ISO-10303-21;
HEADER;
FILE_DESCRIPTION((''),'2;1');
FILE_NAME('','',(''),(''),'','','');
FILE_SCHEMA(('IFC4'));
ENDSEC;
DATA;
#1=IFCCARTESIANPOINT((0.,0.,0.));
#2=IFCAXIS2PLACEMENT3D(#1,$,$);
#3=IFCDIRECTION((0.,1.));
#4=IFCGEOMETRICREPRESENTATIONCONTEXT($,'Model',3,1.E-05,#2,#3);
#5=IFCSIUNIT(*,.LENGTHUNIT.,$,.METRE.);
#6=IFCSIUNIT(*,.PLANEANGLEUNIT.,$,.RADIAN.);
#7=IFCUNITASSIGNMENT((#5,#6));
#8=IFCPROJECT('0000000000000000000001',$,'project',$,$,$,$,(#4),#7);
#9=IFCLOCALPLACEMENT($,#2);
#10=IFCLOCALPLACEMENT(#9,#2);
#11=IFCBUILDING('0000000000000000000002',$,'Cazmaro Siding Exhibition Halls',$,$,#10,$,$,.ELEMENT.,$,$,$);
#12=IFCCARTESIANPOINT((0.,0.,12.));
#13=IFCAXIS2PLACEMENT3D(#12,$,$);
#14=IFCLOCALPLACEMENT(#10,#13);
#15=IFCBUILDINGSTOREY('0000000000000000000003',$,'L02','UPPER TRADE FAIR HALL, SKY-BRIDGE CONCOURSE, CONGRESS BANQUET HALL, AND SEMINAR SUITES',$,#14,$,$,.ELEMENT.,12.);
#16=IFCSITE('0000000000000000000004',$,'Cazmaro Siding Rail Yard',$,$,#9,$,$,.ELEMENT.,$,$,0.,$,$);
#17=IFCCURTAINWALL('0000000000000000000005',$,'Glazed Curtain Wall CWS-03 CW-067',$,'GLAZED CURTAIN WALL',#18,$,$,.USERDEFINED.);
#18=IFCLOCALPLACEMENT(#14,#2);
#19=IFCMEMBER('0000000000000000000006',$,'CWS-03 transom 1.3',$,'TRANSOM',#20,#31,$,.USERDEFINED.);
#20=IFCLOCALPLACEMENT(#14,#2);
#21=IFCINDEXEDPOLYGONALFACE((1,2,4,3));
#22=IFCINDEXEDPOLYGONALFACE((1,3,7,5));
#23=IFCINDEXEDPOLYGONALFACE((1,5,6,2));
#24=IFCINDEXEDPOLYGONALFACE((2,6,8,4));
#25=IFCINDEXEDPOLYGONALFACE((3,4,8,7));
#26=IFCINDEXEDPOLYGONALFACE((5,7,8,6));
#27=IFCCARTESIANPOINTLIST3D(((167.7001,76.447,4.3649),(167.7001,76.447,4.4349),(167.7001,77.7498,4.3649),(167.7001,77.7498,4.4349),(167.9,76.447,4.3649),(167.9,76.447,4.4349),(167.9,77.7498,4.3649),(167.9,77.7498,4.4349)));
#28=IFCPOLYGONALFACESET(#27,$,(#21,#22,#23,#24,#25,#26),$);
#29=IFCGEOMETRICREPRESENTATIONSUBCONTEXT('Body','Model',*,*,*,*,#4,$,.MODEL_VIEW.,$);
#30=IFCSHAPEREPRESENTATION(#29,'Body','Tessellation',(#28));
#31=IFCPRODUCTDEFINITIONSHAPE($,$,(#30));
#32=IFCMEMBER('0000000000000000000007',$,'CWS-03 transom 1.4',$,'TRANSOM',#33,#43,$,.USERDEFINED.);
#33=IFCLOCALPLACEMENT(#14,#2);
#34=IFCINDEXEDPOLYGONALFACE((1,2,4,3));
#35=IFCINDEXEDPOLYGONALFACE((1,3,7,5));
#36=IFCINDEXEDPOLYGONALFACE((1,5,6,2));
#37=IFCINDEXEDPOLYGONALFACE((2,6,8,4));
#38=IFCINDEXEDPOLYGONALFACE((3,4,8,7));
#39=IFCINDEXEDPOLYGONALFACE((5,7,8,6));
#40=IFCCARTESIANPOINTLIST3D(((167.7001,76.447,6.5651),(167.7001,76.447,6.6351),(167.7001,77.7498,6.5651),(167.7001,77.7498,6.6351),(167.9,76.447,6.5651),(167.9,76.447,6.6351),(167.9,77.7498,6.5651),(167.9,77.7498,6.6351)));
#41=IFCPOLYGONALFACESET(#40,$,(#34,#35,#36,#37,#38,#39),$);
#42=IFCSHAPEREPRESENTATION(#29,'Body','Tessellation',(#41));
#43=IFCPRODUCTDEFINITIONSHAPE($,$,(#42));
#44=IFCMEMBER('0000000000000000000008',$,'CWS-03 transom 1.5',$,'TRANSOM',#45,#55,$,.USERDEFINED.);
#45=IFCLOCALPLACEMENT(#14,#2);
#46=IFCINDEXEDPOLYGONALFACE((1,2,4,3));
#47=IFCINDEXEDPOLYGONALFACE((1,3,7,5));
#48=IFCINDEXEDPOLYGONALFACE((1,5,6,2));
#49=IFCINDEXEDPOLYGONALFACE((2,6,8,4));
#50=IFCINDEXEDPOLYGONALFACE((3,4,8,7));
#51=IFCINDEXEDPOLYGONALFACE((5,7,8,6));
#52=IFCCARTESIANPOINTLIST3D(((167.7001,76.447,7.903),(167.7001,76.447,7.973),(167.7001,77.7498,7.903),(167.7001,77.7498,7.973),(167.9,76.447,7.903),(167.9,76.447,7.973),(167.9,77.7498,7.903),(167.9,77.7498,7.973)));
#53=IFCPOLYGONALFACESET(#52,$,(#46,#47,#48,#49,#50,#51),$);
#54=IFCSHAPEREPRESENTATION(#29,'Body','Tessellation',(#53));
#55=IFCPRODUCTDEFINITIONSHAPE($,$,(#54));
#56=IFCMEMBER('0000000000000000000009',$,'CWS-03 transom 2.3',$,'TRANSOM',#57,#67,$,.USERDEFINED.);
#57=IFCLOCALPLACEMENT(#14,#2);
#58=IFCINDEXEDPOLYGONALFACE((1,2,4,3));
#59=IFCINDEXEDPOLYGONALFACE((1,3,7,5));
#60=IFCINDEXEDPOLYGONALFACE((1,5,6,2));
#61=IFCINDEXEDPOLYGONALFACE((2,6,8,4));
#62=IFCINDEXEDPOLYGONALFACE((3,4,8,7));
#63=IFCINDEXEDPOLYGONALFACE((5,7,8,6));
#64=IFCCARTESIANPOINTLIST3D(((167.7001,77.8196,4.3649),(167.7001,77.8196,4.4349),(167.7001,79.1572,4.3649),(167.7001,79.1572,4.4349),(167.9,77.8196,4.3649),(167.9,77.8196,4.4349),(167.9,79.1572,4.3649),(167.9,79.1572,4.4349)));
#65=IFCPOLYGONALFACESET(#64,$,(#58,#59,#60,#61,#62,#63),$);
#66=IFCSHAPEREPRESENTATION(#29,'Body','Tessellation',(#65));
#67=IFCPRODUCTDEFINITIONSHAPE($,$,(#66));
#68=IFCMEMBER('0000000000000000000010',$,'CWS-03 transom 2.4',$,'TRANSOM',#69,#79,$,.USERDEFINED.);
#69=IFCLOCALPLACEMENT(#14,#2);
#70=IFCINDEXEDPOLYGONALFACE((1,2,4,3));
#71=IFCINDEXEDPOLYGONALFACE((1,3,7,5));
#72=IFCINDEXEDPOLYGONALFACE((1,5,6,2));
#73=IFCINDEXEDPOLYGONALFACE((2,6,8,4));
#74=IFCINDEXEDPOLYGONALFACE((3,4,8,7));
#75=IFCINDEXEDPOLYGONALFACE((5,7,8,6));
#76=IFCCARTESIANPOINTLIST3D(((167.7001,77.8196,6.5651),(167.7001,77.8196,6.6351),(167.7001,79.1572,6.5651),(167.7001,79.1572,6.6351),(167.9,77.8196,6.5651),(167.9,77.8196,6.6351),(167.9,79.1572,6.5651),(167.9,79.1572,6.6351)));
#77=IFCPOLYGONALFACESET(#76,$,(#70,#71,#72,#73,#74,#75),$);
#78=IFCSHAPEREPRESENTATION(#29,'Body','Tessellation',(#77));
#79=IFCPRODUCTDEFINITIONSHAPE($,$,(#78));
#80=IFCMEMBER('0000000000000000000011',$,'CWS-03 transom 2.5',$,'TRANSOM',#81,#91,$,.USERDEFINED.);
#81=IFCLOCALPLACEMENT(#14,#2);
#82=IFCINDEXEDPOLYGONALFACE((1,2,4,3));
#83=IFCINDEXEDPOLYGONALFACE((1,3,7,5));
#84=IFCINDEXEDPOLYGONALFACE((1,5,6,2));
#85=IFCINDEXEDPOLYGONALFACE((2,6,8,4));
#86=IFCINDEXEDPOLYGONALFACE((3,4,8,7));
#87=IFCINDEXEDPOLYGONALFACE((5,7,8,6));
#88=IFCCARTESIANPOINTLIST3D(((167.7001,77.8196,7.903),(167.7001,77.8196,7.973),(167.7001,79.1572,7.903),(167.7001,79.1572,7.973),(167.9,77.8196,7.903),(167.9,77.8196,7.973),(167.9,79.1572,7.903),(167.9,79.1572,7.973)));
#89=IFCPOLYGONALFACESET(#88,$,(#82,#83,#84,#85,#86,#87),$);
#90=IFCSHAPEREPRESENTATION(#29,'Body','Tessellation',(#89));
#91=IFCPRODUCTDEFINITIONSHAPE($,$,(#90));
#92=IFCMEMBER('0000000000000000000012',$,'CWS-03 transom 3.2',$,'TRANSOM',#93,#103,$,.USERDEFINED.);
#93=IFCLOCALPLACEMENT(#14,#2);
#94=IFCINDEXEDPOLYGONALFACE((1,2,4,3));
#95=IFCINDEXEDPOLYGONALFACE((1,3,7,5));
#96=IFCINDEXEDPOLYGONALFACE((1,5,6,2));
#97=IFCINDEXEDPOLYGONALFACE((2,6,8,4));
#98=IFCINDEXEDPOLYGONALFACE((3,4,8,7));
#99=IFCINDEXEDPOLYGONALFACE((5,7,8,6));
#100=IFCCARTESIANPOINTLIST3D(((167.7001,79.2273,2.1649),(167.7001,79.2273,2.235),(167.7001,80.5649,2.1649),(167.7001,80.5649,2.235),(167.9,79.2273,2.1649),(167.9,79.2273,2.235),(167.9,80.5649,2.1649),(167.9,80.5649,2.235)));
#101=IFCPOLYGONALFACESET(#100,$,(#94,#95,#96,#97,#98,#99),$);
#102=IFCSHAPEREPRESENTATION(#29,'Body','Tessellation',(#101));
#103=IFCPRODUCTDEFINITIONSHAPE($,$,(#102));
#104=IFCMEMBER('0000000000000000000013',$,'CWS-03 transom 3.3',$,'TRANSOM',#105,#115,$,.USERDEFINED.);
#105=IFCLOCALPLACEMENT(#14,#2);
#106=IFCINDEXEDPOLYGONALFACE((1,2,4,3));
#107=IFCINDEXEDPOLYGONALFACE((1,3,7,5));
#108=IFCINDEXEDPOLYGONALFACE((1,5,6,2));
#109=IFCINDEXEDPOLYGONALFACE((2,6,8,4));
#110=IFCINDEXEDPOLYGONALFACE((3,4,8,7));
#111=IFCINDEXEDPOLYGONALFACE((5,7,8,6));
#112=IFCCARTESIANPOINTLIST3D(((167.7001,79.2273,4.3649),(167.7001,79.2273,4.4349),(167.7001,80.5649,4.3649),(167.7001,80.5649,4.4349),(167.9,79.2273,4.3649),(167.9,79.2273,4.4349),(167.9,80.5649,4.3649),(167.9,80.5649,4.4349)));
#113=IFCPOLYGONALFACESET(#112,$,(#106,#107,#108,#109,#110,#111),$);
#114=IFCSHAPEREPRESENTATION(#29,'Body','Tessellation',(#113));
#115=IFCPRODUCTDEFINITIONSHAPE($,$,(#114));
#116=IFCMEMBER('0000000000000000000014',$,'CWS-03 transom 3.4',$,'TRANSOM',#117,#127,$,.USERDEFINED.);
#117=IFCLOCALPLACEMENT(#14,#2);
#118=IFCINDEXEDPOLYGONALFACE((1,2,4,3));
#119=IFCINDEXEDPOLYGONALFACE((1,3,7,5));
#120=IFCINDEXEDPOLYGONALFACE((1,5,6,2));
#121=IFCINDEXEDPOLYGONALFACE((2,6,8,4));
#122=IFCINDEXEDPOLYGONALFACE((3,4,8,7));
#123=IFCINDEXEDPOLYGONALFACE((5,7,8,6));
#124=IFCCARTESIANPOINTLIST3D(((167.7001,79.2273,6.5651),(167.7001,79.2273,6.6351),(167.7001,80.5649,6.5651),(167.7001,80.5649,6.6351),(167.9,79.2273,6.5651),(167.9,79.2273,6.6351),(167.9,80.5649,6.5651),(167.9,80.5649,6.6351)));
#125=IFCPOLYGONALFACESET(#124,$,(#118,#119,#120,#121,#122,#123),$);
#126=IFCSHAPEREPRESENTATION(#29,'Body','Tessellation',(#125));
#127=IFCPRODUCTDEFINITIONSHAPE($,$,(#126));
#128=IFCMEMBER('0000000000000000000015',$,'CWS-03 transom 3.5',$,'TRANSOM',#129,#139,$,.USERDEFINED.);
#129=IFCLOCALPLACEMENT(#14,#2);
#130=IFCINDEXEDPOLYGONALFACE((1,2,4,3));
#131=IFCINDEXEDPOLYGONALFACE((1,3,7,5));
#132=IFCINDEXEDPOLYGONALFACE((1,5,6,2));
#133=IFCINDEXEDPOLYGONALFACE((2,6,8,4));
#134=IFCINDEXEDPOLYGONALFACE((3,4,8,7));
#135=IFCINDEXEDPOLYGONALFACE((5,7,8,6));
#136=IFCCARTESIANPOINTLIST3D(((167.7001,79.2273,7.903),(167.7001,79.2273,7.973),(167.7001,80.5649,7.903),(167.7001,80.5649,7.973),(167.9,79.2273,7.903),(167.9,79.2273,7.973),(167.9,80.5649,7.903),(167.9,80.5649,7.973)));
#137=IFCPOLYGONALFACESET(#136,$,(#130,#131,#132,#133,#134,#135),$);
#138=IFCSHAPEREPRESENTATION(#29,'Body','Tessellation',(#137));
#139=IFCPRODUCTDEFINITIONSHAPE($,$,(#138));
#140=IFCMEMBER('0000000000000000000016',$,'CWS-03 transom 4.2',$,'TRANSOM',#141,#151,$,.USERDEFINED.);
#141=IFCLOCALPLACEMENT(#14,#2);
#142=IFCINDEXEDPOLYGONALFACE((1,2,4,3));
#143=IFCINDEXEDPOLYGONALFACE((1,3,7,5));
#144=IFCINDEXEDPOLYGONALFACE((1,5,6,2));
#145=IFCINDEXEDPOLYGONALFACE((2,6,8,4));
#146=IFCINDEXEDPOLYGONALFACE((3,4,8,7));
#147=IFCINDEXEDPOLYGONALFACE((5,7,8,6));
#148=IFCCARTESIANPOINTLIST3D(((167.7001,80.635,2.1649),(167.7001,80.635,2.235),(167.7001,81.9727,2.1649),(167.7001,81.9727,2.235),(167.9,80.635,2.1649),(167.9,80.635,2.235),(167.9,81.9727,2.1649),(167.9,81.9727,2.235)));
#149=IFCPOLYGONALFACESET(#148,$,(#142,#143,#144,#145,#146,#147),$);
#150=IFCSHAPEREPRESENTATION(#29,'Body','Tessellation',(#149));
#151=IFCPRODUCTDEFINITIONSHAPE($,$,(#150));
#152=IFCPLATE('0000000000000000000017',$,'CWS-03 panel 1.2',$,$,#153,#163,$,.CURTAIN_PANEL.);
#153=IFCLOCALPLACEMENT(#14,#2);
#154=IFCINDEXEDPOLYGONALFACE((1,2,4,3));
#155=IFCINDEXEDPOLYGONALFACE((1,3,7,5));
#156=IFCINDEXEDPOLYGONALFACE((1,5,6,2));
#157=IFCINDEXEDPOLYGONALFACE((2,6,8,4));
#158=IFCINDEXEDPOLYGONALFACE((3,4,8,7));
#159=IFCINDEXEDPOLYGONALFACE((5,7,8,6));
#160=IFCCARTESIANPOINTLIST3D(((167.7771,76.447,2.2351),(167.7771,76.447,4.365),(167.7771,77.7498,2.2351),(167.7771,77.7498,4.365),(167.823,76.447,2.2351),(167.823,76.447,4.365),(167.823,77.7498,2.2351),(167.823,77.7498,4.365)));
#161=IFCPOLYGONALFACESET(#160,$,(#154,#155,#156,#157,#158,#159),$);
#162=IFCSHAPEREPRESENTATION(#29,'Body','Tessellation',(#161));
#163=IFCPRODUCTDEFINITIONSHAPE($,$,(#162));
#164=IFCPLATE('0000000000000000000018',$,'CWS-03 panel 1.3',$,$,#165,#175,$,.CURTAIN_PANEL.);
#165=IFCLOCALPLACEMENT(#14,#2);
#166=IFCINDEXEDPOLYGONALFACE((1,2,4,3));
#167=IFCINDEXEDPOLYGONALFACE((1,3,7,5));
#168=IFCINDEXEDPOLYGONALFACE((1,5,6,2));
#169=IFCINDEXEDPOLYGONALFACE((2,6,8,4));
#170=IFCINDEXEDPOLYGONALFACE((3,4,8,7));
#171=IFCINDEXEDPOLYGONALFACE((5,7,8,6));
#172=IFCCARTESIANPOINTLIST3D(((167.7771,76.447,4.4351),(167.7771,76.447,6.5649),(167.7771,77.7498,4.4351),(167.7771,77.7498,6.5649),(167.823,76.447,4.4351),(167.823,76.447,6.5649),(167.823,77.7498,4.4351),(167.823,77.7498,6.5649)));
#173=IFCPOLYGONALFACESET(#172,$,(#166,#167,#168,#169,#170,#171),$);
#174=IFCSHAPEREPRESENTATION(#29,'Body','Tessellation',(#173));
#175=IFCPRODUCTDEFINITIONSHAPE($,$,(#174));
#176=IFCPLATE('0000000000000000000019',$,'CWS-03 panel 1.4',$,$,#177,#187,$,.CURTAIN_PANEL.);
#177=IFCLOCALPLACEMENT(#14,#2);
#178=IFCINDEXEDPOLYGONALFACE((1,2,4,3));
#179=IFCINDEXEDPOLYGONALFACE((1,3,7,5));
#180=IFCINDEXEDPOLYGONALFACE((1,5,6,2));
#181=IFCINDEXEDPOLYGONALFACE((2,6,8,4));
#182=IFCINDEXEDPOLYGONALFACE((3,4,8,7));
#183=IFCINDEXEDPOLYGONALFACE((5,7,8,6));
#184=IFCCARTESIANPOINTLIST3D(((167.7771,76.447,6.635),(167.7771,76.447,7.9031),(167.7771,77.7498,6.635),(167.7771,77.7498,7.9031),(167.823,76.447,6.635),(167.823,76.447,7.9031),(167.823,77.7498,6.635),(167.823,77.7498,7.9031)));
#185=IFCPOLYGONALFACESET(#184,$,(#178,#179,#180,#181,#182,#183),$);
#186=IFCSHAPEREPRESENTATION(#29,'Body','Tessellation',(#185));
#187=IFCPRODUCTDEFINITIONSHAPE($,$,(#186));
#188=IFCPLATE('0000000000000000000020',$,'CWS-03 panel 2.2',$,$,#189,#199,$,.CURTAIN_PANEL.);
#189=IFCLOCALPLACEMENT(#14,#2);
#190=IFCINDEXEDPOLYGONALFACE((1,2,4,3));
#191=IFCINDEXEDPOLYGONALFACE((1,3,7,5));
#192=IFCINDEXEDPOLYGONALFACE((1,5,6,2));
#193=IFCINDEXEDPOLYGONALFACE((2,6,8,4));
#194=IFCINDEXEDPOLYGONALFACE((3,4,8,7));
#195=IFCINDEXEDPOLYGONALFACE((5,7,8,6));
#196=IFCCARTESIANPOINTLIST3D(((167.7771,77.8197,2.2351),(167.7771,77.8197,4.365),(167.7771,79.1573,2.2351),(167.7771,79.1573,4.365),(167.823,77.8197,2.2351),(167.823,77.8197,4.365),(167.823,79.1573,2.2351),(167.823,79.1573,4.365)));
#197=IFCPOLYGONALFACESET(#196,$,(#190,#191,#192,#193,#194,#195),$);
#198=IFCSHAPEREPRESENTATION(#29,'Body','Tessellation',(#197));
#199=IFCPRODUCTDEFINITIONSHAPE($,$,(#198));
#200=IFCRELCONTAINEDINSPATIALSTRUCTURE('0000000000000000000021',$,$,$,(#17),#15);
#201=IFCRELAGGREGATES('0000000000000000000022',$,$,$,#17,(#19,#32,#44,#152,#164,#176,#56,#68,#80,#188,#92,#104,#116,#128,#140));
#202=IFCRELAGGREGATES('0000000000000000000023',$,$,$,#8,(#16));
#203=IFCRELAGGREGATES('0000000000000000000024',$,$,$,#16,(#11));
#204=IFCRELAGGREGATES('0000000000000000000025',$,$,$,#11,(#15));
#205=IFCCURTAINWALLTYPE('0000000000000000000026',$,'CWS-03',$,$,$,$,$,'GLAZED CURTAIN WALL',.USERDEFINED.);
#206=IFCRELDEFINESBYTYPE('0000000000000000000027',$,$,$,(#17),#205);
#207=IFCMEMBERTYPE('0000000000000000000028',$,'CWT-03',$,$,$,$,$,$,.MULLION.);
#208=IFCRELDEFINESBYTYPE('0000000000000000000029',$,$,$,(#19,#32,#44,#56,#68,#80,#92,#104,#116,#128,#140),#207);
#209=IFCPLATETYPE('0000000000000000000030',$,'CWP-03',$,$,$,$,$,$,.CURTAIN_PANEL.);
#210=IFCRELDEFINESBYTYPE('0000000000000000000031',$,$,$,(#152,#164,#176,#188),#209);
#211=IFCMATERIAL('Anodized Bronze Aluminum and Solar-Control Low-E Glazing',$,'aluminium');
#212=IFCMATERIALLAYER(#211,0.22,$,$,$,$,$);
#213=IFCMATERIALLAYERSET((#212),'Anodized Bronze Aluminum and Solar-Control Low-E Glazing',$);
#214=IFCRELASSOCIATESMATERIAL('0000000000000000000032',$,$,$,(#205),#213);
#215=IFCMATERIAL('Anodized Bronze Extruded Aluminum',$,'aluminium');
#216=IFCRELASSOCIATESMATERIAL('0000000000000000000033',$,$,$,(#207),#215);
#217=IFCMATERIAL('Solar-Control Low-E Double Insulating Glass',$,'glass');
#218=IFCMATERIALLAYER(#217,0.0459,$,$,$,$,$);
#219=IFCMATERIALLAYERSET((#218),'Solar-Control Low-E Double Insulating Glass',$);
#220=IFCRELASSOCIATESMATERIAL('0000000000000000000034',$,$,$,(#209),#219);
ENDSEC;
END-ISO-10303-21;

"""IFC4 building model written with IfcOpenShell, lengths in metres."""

from ifc_helpers import new_model, si_unit, direction, frame, origin, origin_2d, place, context, subcontext, project, spatial, rectangle, extrude, material, layer, layer_set, material_profile, profile_set, type_object, element, aggregate, save


model = new_model("IFC4")

# Units and contexts
model_context = context("Model", 3, precision=1e-05, world=origin(), true_north=direction((0.0, 1.0)))
body_context = subcontext(model_context, "Body", "Model", "MODEL_VIEW")
ifc_project = project(units=[si_unit("LENGTHUNIT", "METRE"), si_unit("PLANEANGLEUNIT", "RADIAN")], contexts=[model_context])

# Site, building, storey
site_placement = place(None, origin())
site = spatial("IfcSite", under=ifc_project, at=site_placement, Name="Cazmaro Siding Rail Yard", CompositionType="ELEMENT", RefElevation=0.0)
building_placement = place(site_placement, origin())
building = spatial("IfcBuilding", under=site, at=building_placement, Name="Cazmaro Siding Exhibition Halls", CompositionType="ELEMENT")
storey_placement = place(building_placement, frame((0.0, 0.0, 12.0)))
storey = spatial("IfcBuildingStorey", under=building, at=storey_placement, Name="L02", Description="UPPER TRADE FAIR HALL, SKY-BRIDGE CONCOURSE, CONGRESS BANQUET HALL, AND SEMINAR SUITES", CompositionType="ELEMENT", Elevation=12.0)

# Curtain wall, members, plates
ifc_material_1 = material(Name="Anodized Bronze Aluminum and Solar-Control Low-E Glazing", Category="aluminium")
ifc_layer_1 = layer(ifc_material_1, 0.22)
ifc_layer_set_1 = layer_set([ifc_layer_1], Name="Anodized Bronze Aluminum and Solar-Control Low-E Glazing")
curtain_wall_type = type_object("IfcCurtainWallType", Name="CWS-03", ElementType="GLAZED CURTAIN WALL", PredefinedType="USERDEFINED", material=ifc_layer_set_1)
curtain_wall_placement = place(storey_placement, origin())
curtain_wall = element("IfcCurtainWall", 1, at=curtain_wall_placement, inside=storey, type_object=curtain_wall_type, Name="Glazed Curtain Wall CWS-03 CW-067", ObjectType="GLAZED CURTAIN WALL", PredefinedType="USERDEFINED")
ifc_material_2 = material(Name="Anodized Bronze Extruded Aluminum", Category="aluminium")
ifc_material_profile = material_profile(ifc_material_2, rectangle(XDim=0.2, YDim=0.0701, at=origin_2d()), Name="CWT-03")
ifc_profile_set = profile_set([ifc_material_profile], Name="Anodized Bronze Extruded Aluminum")
member_type = type_object("IfcMemberType", Name="CWT-03", PredefinedType="MULLION", material=ifc_profile_set)
member_1_placement = place(storey_placement, frame((167.8, 76.447, 4.3999), z_axis=(0.0, 1.0, 0.0), x_axis=(-1.0, 0.0, 0.0)))
member_1 = element("IfcMember", 2, at=member_1_placement, type_object=member_type, Name="CWS-03 transom 1.3", ObjectType="TRANSOM", PredefinedType="USERDEFINED", context=body_context, shape_type="SweptSolid", body=[
    extrude(rectangle(XDim=0.2, YDim=0.0701, at=origin_2d()), origin(), (0.0, 0.0, 1.0), 1.3027),
])
member_2_placement = place(storey_placement, frame((167.8, 76.447, 6.6001), z_axis=(0.0, 1.0, 0.0), x_axis=(-1.0, 0.0, 0.0)))
member_2 = element("IfcMember", 3, at=member_2_placement, type_object=member_type, Name="CWS-03 transom 1.4", ObjectType="TRANSOM", PredefinedType="USERDEFINED", context=body_context, shape_type="SweptSolid", body=[
    extrude(rectangle(XDim=0.2, YDim=0.0701, at=origin_2d()), origin(), (0.0, 0.0, 1.0), 1.3027),
])
member_3_placement = place(storey_placement, frame((167.8, 76.447, 7.938), z_axis=(0.0, 1.0, 0.0), x_axis=(-1.0, 0.0, 0.0)))
member_3 = element("IfcMember", 4, at=member_3_placement, type_object=member_type, Name="CWS-03 transom 1.5", ObjectType="TRANSOM", PredefinedType="USERDEFINED", context=body_context, shape_type="SweptSolid", body=[
    extrude(rectangle(XDim=0.2, YDim=0.0701, at=origin_2d()), origin(), (0.0, 0.0, 1.0), 1.3027),
])
member_4_placement = place(storey_placement, frame((167.8, 77.8196, 4.3999), z_axis=(0.0, 1.0, 0.0), x_axis=(-1.0, 0.0, 0.0)))
member_4 = element("IfcMember", 5, at=member_4_placement, type_object=member_type, Name="CWS-03 transom 2.3", ObjectType="TRANSOM", PredefinedType="USERDEFINED", context=body_context, shape_type="SweptSolid", body=[
    extrude(rectangle(XDim=0.2, YDim=0.0701, at=origin_2d()), origin(), (0.0, 0.0, 1.0), 1.3376),
])
member_5_placement = place(storey_placement, frame((167.8, 77.8196, 6.6001), z_axis=(0.0, 1.0, 0.0), x_axis=(-1.0, 0.0, 0.0)))
member_5 = element("IfcMember", 6, at=member_5_placement, type_object=member_type, Name="CWS-03 transom 2.4", ObjectType="TRANSOM", PredefinedType="USERDEFINED", context=body_context, shape_type="SweptSolid", body=[
    extrude(rectangle(XDim=0.2, YDim=0.0701, at=origin_2d()), origin(), (0.0, 0.0, 1.0), 1.3376),
])
member_6_placement = place(storey_placement, frame((167.8, 77.8196, 7.938), z_axis=(0.0, 1.0, 0.0), x_axis=(-1.0, 0.0, 0.0)))
member_6 = element("IfcMember", 7, at=member_6_placement, type_object=member_type, Name="CWS-03 transom 2.5", ObjectType="TRANSOM", PredefinedType="USERDEFINED", context=body_context, shape_type="SweptSolid", body=[
    extrude(rectangle(XDim=0.2, YDim=0.0701, at=origin_2d()), origin(), (0.0, 0.0, 1.0), 1.3376),
])
member_7_placement = place(storey_placement, frame((167.8, 79.2273, 2.2), z_axis=(0.0, 1.0, 0.0), x_axis=(-1.0, 0.0, 0.0)))
member_7 = element("IfcMember", 8, at=member_7_placement, type_object=member_type, Name="CWS-03 transom 3.2", ObjectType="TRANSOM", PredefinedType="USERDEFINED", context=body_context, shape_type="SweptSolid", body=[
    extrude(rectangle(XDim=0.2, YDim=0.0701, at=origin_2d()), origin(), (0.0, 0.0, 1.0), 1.3376),
])
member_8_placement = place(storey_placement, frame((167.8, 79.2273, 4.3999), z_axis=(0.0, 1.0, 0.0), x_axis=(-1.0, 0.0, 0.0)))
member_8 = element("IfcMember", 9, at=member_8_placement, type_object=member_type, Name="CWS-03 transom 3.3", ObjectType="TRANSOM", PredefinedType="USERDEFINED", context=body_context, shape_type="SweptSolid", body=[
    extrude(rectangle(XDim=0.2, YDim=0.0701, at=origin_2d()), origin(), (0.0, 0.0, 1.0), 1.3376),
])
member_9_placement = place(storey_placement, frame((167.8, 79.2273, 6.6001), z_axis=(0.0, 1.0, 0.0), x_axis=(-1.0, 0.0, 0.0)))
member_9 = element("IfcMember", 10, at=member_9_placement, type_object=member_type, Name="CWS-03 transom 3.4", ObjectType="TRANSOM", PredefinedType="USERDEFINED", context=body_context, shape_type="SweptSolid", body=[
    extrude(rectangle(XDim=0.2, YDim=0.0701, at=origin_2d()), origin(), (0.0, 0.0, 1.0), 1.3376),
])
member_10_placement = place(storey_placement, frame((167.8, 79.2273, 7.938), z_axis=(0.0, 1.0, 0.0), x_axis=(-1.0, 0.0, 0.0)))
member_10 = element("IfcMember", 11, at=member_10_placement, type_object=member_type, Name="CWS-03 transom 3.5", ObjectType="TRANSOM", PredefinedType="USERDEFINED", context=body_context, shape_type="SweptSolid", body=[
    extrude(rectangle(XDim=0.2, YDim=0.0701, at=origin_2d()), origin(), (0.0, 0.0, 1.0), 1.3376),
])
member_11_placement = place(storey_placement, frame((167.8, 80.635, 2.2), z_axis=(0.0, 1.0, 0.0), x_axis=(-1.0, 0.0, 0.0)))
member_11 = element("IfcMember", 12, at=member_11_placement, type_object=member_type, Name="CWS-03 transom 4.2", ObjectType="TRANSOM", PredefinedType="USERDEFINED", context=body_context, shape_type="SweptSolid", body=[
    extrude(rectangle(XDim=0.2, YDim=0.0701, at=origin_2d()), origin(), (0.0, 0.0, 1.0), 1.3376),
])
ifc_material_3 = material(Name="Solar-Control Low-E Double Insulating Glass", Category="glass")
ifc_layer_2 = layer(ifc_material_3, 0.0459)
ifc_layer_set_2 = layer_set([ifc_layer_2], Name="Solar-Control Low-E Double Insulating Glass")
plate_type = type_object("IfcPlateType", Name="CWP-03", PredefinedType="CURTAIN_PANEL", material=ifc_layer_set_2)
plate_1_placement = place(storey_placement, frame((167.8, 77.0984, 2.2351), z_axis=(0.0, 0.0, 1.0), x_axis=(0.0, 1.0, 0.0)))
plate_1 = element("IfcPlate", 13, at=plate_1_placement, type_object=plate_type, Name="CWS-03 panel 1.2", PredefinedType="CURTAIN_PANEL", context=body_context, shape_type="SweptSolid", body=[
    extrude(rectangle(XDim=1.3027, YDim=0.0459, at=origin_2d()), origin(), (0.0, 0.0, 1.0), 2.1299),
])
plate_2_placement = place(storey_placement, frame((167.8, 77.0984, 4.4351), z_axis=(0.0, 0.0, 1.0), x_axis=(0.0, 1.0, 0.0)))
plate_2 = element("IfcPlate", 14, at=plate_2_placement, type_object=plate_type, Name="CWS-03 panel 1.3", PredefinedType="CURTAIN_PANEL", context=body_context, shape_type="SweptSolid", body=[
    extrude(rectangle(XDim=1.3027, YDim=0.0459, at=origin_2d()), origin(), (0.0, 0.0, 1.0), 2.1299),
])
plate_3_placement = place(storey_placement, frame((167.8, 77.0984, 6.635), z_axis=(0.0, 0.0, 1.0), x_axis=(0.0, 1.0, 0.0)))
plate_3 = element("IfcPlate", 15, at=plate_3_placement, type_object=plate_type, Name="CWS-03 panel 1.4", PredefinedType="CURTAIN_PANEL", context=body_context, shape_type="SweptSolid", body=[
    extrude(rectangle(XDim=1.3027, YDim=0.0459, at=origin_2d()), origin(), (0.0, 0.0, 1.0), 1.2681),
])
plate_4_placement = place(storey_placement, frame((167.8, 78.4885, 2.2351), z_axis=(0.0, 0.0, 1.0), x_axis=(0.0, 1.0, 0.0)))
plate_4 = element("IfcPlate", 16, at=plate_4_placement, type_object=plate_type, Name="CWS-03 panel 2.2", PredefinedType="CURTAIN_PANEL", context=body_context, shape_type="SweptSolid", body=[
    extrude(rectangle(XDim=1.3376, YDim=0.0459, at=origin_2d()), origin(), (0.0, 0.0, 1.0), 2.1299),
])
aggregate(curtain_wall, [member_1, member_2, member_3, plate_1, plate_2, plate_3, member_4, member_5, member_6, plate_4, member_7, member_8, member_9, member_10, member_11])

save(model, "model.ifc")
